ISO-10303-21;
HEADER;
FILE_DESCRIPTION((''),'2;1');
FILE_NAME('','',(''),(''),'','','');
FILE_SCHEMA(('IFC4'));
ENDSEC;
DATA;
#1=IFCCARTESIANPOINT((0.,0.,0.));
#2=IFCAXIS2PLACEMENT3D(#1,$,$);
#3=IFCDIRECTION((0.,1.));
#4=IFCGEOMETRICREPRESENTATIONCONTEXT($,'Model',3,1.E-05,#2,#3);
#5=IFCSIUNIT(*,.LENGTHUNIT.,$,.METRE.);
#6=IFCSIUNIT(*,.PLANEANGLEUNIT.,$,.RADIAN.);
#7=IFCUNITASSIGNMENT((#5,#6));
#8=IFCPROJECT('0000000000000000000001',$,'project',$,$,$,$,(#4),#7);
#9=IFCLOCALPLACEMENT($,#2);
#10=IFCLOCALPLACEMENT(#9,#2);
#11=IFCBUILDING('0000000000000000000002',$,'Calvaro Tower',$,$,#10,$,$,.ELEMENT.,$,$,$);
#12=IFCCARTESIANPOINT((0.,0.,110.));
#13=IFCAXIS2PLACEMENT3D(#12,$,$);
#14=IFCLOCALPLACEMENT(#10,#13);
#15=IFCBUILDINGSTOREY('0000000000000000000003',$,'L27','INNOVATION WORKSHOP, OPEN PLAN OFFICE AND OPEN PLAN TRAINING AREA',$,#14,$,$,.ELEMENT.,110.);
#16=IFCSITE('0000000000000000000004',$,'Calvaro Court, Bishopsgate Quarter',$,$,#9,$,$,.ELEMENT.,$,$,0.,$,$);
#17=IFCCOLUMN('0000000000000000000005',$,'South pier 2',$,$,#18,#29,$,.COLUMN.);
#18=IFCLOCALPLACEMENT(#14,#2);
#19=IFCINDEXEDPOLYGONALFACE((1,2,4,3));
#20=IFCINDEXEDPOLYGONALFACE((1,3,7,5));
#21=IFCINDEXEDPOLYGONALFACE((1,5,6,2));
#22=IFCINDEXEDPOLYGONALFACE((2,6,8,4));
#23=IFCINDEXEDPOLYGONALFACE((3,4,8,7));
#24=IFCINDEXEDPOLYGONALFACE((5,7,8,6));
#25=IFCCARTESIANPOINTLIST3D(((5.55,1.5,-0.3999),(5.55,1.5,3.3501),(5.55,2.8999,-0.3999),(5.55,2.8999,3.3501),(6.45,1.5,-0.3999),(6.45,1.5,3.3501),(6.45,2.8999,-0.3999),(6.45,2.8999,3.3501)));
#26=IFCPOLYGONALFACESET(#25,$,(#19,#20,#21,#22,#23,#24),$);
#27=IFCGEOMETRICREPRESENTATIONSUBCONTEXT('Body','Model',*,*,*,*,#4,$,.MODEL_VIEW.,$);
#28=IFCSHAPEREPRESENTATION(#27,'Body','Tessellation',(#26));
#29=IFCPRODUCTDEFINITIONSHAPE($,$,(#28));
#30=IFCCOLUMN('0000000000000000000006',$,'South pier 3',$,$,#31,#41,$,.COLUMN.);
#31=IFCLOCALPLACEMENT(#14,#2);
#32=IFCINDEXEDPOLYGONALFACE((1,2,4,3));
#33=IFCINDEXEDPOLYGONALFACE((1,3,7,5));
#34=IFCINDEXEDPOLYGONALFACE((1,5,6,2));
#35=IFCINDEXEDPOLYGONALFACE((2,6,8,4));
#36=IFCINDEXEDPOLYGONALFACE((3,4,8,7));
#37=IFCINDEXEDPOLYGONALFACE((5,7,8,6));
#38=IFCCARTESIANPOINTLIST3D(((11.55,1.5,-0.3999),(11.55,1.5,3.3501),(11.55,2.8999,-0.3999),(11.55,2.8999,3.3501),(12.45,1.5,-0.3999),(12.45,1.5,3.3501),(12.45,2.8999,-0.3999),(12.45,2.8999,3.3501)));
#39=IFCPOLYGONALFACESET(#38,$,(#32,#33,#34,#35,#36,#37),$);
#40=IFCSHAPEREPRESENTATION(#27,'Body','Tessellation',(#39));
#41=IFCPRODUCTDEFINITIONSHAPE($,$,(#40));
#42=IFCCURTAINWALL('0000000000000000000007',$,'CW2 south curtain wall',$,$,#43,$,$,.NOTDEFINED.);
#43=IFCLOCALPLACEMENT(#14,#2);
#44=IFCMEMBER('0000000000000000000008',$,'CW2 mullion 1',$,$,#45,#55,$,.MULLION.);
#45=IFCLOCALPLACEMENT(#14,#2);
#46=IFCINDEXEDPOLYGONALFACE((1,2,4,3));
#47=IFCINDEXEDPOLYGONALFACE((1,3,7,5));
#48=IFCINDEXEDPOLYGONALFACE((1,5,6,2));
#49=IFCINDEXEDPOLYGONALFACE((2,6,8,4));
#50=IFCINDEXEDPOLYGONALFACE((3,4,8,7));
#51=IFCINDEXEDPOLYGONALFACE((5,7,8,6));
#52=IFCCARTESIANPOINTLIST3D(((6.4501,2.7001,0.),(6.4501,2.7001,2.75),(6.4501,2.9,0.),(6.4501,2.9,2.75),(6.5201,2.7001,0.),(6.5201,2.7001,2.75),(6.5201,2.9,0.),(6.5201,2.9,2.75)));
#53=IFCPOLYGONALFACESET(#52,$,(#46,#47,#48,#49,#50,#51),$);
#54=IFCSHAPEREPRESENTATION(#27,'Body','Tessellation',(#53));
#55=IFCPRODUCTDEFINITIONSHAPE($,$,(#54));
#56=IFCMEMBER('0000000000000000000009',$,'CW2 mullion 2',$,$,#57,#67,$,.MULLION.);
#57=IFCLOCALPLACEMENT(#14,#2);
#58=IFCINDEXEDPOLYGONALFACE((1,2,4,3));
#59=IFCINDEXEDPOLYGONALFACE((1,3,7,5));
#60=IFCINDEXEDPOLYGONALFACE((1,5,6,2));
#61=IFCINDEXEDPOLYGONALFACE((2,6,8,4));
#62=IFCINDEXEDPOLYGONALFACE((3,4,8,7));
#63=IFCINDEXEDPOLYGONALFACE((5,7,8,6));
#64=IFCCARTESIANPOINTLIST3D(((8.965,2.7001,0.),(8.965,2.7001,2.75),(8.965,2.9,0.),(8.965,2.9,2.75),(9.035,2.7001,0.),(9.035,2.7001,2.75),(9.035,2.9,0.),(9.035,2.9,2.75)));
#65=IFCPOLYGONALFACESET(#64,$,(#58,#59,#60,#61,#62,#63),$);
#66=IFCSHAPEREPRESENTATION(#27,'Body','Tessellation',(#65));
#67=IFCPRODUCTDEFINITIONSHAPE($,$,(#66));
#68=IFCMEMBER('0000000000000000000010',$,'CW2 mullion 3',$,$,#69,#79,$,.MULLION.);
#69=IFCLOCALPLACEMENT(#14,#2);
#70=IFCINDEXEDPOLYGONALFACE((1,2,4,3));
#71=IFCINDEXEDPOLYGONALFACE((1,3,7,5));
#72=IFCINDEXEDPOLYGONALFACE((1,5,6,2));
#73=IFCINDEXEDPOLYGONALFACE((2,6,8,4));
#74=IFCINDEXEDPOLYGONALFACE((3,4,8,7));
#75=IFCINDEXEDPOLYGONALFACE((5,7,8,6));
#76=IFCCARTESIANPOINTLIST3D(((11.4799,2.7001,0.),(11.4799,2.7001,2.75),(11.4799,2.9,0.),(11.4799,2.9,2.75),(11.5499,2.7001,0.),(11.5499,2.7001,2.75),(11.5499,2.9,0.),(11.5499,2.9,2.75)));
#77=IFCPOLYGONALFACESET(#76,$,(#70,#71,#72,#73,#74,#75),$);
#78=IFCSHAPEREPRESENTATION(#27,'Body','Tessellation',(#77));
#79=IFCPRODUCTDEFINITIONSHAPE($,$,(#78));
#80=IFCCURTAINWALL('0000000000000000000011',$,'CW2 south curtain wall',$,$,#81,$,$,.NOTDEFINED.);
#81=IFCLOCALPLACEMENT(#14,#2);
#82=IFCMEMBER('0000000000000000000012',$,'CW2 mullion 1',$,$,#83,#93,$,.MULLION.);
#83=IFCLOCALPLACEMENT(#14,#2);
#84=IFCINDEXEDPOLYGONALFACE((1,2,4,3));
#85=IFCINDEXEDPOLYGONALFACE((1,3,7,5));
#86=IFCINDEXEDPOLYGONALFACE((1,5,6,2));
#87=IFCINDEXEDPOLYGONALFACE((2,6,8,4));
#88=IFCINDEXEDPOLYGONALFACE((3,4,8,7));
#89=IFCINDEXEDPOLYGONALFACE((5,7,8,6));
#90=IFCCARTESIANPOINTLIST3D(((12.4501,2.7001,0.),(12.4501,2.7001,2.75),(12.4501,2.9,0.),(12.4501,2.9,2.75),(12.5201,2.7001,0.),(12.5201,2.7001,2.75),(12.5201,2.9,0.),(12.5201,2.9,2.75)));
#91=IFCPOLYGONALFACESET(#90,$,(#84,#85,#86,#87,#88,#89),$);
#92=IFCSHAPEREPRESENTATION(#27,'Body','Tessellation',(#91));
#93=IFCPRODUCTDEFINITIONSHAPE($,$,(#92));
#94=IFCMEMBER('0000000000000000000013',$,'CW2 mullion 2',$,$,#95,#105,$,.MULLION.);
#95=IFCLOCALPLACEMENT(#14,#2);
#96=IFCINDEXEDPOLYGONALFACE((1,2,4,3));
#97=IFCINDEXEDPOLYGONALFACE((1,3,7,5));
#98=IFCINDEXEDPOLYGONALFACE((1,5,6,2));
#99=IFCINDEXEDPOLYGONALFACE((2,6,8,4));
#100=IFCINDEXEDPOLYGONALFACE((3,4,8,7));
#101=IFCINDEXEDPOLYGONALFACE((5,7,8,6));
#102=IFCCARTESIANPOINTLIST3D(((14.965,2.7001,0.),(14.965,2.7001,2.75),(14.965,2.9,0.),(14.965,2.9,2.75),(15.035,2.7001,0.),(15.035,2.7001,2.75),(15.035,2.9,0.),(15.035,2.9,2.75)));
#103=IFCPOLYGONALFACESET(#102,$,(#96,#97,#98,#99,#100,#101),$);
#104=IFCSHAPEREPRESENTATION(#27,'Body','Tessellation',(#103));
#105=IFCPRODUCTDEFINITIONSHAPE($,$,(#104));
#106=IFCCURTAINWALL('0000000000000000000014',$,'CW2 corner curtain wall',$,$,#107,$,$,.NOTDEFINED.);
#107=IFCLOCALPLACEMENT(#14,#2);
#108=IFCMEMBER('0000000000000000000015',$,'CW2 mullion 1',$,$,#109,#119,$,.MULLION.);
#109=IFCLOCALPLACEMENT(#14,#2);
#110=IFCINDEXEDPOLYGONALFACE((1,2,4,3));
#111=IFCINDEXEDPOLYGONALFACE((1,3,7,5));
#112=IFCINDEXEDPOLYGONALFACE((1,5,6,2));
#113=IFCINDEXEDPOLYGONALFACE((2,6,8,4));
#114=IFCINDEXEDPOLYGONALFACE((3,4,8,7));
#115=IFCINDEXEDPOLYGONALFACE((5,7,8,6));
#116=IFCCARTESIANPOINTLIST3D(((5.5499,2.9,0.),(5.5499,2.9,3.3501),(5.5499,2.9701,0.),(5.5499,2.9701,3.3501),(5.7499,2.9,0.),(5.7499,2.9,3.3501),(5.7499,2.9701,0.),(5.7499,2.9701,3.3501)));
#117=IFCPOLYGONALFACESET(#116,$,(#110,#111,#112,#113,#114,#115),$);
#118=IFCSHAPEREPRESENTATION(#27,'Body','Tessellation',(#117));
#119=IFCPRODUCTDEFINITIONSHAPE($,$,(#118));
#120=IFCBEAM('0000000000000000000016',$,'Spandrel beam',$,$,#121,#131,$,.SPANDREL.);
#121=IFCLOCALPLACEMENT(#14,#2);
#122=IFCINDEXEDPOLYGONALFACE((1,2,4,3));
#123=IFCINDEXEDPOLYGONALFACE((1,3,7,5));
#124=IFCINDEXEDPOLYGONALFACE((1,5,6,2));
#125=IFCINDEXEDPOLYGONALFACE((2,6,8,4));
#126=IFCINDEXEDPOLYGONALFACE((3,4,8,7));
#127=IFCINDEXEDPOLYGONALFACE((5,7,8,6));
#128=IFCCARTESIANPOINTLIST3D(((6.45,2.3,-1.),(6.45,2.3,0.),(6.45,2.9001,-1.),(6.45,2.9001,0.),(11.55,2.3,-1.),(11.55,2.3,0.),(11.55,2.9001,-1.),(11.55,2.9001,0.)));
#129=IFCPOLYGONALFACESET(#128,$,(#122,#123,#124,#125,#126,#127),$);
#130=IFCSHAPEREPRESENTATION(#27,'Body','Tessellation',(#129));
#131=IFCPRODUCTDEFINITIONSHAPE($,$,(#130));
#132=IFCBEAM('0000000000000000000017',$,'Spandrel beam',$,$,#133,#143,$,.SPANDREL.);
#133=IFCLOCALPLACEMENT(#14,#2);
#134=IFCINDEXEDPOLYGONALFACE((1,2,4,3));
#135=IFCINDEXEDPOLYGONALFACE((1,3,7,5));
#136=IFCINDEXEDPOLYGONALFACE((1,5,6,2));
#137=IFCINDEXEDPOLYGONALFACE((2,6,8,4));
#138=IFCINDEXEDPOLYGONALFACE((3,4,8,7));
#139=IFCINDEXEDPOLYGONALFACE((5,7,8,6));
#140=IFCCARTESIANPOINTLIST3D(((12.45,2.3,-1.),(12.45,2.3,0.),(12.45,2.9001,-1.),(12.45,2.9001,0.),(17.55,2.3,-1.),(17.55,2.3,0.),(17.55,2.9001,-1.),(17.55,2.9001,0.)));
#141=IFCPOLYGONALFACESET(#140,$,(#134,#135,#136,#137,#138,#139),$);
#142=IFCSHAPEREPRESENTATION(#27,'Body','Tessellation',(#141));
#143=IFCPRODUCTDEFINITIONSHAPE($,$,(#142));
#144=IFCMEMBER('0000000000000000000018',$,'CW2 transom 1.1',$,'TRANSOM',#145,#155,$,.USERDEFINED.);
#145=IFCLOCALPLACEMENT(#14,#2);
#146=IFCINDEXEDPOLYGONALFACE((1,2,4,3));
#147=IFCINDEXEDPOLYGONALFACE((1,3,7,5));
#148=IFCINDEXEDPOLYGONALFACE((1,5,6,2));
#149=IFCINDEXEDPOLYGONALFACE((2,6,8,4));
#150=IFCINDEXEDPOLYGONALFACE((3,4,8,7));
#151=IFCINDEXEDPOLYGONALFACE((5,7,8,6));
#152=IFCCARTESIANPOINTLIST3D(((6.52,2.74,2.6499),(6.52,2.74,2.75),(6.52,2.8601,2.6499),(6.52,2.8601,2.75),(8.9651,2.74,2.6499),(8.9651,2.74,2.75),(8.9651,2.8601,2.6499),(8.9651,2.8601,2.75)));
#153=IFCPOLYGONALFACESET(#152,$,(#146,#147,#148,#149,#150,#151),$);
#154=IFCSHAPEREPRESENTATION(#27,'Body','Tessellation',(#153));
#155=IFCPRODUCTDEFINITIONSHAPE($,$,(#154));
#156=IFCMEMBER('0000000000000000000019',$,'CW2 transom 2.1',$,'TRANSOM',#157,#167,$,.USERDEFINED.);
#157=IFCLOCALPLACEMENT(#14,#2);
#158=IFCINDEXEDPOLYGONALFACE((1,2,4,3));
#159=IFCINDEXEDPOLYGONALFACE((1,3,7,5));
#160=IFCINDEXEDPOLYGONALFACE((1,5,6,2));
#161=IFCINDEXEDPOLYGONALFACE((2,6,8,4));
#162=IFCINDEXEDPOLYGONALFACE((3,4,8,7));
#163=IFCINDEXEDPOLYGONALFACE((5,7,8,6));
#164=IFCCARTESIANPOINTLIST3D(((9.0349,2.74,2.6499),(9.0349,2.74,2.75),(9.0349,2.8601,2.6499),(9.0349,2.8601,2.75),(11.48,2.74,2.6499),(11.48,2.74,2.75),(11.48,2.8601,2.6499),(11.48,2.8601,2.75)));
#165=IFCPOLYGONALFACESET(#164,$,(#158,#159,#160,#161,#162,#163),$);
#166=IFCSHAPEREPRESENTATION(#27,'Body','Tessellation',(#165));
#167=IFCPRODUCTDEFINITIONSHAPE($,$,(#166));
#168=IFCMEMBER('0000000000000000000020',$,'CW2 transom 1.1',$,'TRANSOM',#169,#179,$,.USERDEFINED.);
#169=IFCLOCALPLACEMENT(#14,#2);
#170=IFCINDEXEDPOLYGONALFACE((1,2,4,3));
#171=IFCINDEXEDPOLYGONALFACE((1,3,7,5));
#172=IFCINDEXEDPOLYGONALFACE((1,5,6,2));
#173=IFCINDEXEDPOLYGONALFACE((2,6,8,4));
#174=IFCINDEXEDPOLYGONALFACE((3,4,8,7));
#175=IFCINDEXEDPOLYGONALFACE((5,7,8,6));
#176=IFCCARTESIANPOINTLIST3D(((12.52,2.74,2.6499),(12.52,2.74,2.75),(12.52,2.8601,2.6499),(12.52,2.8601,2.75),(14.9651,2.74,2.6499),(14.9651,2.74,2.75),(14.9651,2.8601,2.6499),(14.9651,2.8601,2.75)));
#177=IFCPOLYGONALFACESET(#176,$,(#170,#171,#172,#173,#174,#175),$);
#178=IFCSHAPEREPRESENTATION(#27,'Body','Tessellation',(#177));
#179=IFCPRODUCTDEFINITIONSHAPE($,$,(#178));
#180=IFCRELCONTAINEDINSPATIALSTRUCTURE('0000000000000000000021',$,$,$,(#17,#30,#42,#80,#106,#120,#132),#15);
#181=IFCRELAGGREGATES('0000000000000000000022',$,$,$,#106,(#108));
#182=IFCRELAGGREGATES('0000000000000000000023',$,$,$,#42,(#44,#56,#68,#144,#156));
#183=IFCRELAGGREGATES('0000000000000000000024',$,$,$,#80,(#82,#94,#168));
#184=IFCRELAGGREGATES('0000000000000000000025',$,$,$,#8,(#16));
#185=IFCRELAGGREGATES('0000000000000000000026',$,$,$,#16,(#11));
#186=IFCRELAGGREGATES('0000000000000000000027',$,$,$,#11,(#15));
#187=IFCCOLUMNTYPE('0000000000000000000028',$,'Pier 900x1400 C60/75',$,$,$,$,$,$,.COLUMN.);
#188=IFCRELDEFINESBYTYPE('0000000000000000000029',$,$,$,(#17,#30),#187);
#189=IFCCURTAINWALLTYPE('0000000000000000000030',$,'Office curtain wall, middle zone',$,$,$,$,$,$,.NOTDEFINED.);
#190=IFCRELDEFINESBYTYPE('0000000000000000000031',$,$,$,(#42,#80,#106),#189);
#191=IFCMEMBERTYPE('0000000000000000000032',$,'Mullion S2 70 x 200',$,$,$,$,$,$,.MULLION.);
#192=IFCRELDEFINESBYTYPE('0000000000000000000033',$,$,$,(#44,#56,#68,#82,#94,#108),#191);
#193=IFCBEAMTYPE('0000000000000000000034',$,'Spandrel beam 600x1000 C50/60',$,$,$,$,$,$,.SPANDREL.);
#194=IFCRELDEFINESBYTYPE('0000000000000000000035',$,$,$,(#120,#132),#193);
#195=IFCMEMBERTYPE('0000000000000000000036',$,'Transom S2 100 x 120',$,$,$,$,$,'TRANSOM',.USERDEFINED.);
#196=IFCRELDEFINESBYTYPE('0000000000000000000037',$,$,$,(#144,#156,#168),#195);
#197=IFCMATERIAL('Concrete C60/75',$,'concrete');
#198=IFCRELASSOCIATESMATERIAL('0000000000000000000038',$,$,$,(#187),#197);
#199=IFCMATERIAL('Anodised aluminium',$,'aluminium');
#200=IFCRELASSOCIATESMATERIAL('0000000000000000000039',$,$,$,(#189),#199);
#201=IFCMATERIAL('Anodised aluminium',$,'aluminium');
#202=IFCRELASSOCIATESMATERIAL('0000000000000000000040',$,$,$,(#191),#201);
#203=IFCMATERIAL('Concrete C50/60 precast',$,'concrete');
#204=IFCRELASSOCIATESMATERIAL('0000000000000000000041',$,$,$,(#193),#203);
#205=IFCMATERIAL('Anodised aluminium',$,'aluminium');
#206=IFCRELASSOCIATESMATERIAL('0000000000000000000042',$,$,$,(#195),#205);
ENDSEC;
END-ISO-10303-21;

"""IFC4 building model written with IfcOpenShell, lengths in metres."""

from ifc_helpers import new_model, si_unit, direction, frame, origin, origin_2d, place, context, subcontext, project, spatial, rectangle, extrude, material, material_profile, profile_set, type_object, element, aggregate, save


model = new_model("IFC4")

# Units and contexts
model_context = context("Model", 3, precision=1e-05, world=origin(), true_north=direction((0.0, 1.0)))
body_context = subcontext(model_context, "Body", "Model", "MODEL_VIEW")
ifc_project = project(units=[si_unit("LENGTHUNIT", "METRE"), si_unit("PLANEANGLEUNIT", "RADIAN")], contexts=[model_context])

# Site, building, storey
site_placement = place(None, origin())
site = spatial("IfcSite", under=ifc_project, at=site_placement, Name="Calvaro Court, Bishopsgate Quarter", CompositionType="ELEMENT", RefElevation=0.0)
building_placement = place(site_placement, origin())
building = spatial("IfcBuilding", under=site, at=building_placement, Name="Calvaro Tower", CompositionType="ELEMENT")
storey_placement = place(building_placement, frame((0.0, 0.0, 110.0)))
storey = spatial("IfcBuildingStorey", under=building, at=storey_placement, Name="L27", Description="INNOVATION WORKSHOP, OPEN PLAN OFFICE AND OPEN PLAN TRAINING AREA", CompositionType="ELEMENT", Elevation=110.0)

# Columns
ifc_material_1 = material(Name="Concrete C60/75", Category="concrete")
ifc_material_profile_1 = material_profile(ifc_material_1, rectangle(XDim=0.8999, YDim=1.3999, at=origin_2d()), Name="RC 900x1400")
ifc_profile_set_1 = profile_set([ifc_material_profile_1], Name="Concrete C60/75")
column_type = type_object("IfcColumnType", Name="Pier 900x1400 C60/75", PredefinedType="COLUMN", material=ifc_profile_set_1)
for number, where, z_axis, x_axis, name in (
    (1, (6.0, 2.2, -0.3999), (0.0, 0.0, 1.0), (1.0, 0.0, 0.0), "South pier 2"),
    (2, (12.0, 2.2, -0.3999), (0.0, 0.0, 1.0), (1.0, 0.0, 0.0), "South pier 3"),
):
    element("IfcColumn", number, at=place(storey_placement, frame(where, z_axis=z_axis, x_axis=x_axis)), inside=storey, type_object=column_type, Name=name, PredefinedType="COLUMN", context=body_context, shape_type="SweptSolid", body=[
        extrude(rectangle(XDim=0.8999, YDim=1.3999, at=origin_2d()), origin(), (0.0, 0.0, 1.0), 3.75),
    ])

# Curtain walls, members
ifc_material_2 = material(Name="Anodised aluminium", Category="aluminium")
curtain_wall_type = type_object("IfcCurtainWallType", Name="Office curtain wall, middle zone", PredefinedType="NOTDEFINED", material=ifc_material_2)
curtain_wall_1_placement = place(storey_placement, origin())
curtain_wall_1 = element("IfcCurtainWall", 3, at=curtain_wall_1_placement, inside=storey, type_object=curtain_wall_type, Name="CW2 south curtain wall", PredefinedType="NOTDEFINED")
ifc_material_3 = material(Name="Anodised aluminium", Category="aluminium")
ifc_material_profile_2 = material_profile(ifc_material_3, rectangle(XDim=0.2, YDim=0.0701, at=origin_2d()), Name="Mullion S2 70 x 200")
ifc_profile_set_2 = profile_set([ifc_material_profile_2], Name="Anodised aluminium")
member_type_1 = type_object("IfcMemberType", Name="Mullion S2 70 x 200", PredefinedType="MULLION", material=ifc_profile_set_2)
member_1_placement = place(storey_placement, frame((6.4851, 2.8, 0.0), z_axis=(0.0, 0.0, 1.0), x_axis=(0.0, 1.0, 0.0)))
member_1 = element("IfcMember", 4, at=member_1_placement, type_object=member_type_1, Name="CW2 mullion 1", PredefinedType="MULLION", context=body_context, shape_type="SweptSolid", body=[
    extrude(rectangle(XDim=0.2, YDim=0.0701, at=origin_2d()), origin(), (0.0, 0.0, 1.0), 2.75),
])
member_2_placement = place(storey_placement, frame((9.0, 2.8, 0.0), z_axis=(0.0, 0.0, 1.0), x_axis=(0.0, 1.0, 0.0)))
member_2 = element("IfcMember", 5, at=member_2_placement, type_object=member_type_1, Name="CW2 mullion 2", PredefinedType="MULLION", context=body_context, shape_type="SweptSolid", body=[
    extrude(rectangle(XDim=0.2, YDim=0.0701, at=origin_2d()), origin(), (0.0, 0.0, 1.0), 2.75),
])
member_3_placement = place(storey_placement, frame((11.5149, 2.8, 0.0), z_axis=(0.0, 0.0, 1.0), x_axis=(0.0, 1.0, 0.0)))
member_3 = element("IfcMember", 6, at=member_3_placement, type_object=member_type_1, Name="CW2 mullion 3", PredefinedType="MULLION", context=body_context, shape_type="SweptSolid", body=[
    extrude(rectangle(XDim=0.2, YDim=0.0701, at=origin_2d()), origin(), (0.0, 0.0, 1.0), 2.75),
])
curtain_wall_2_placement = place(storey_placement, origin())
curtain_wall_2 = element("IfcCurtainWall", 7, at=curtain_wall_2_placement, inside=storey, type_object=curtain_wall_type, Name="CW2 south curtain wall", PredefinedType="NOTDEFINED")
member_4_placement = place(storey_placement, frame((12.4851, 2.8, 0.0), z_axis=(0.0, 0.0, 1.0), x_axis=(0.0, 1.0, 0.0)))
member_4 = element("IfcMember", 8, at=member_4_placement, type_object=member_type_1, Name="CW2 mullion 1", PredefinedType="MULLION", context=body_context, shape_type="SweptSolid", body=[
    extrude(rectangle(XDim=0.2, YDim=0.0701, at=origin_2d()), origin(), (0.0, 0.0, 1.0), 2.75),
])
member_5_placement = place(storey_placement, frame((15.0, 2.8, 0.0), z_axis=(0.0, 0.0, 1.0), x_axis=(0.0, 1.0, 0.0)))
member_5 = element("IfcMember", 9, at=member_5_placement, type_object=member_type_1, Name="CW2 mullion 2", PredefinedType="MULLION", context=body_context, shape_type="SweptSolid", body=[
    extrude(rectangle(XDim=0.2, YDim=0.0701, at=origin_2d()), origin(), (0.0, 0.0, 1.0), 2.75),
])

# Curtain wall, member
curtain_wall_3_placement = place(storey_placement, origin())
curtain_wall_3 = element("IfcCurtainWall", 10, at=curtain_wall_3_placement, inside=storey, type_object=curtain_wall_type, Name="CW2 corner curtain wall", PredefinedType="NOTDEFINED")
member_6_placement = place(storey_placement, frame((5.6499, 2.9351, 0.0), z_axis=(0.0, 0.0, 1.0), x_axis=(-1.0, 0.0, 0.0)))
member_6 = element("IfcMember", 11, at=member_6_placement, type_object=member_type_1, Name="CW2 mullion 1", PredefinedType="MULLION", context=body_context, shape_type="SweptSolid", body=[
    extrude(rectangle(XDim=0.2, YDim=0.0701, at=origin_2d()), origin(), (0.0, 0.0, 1.0), 3.3501),
])
aggregate(curtain_wall_3, [member_6])

# Beams
ifc_material_4 = material(Name="Concrete C50/60 precast", Category="concrete")
ifc_material_profile_3 = material_profile(ifc_material_4, rectangle(XDim=0.6001, YDim=1.0, at=origin_2d()), Name="RC 600x1000")
ifc_profile_set_3 = profile_set([ifc_material_profile_3], Name="Concrete C50/60 precast")
beam_type = type_object("IfcBeamType", Name="Spandrel beam 600x1000 C50/60", PredefinedType="SPANDREL", material=ifc_profile_set_3)
for number, where, z_axis, x_axis, name in (
    (12, (6.45, 2.6001, -0.5), (1.0, 0.0, 0.0), (0.0, 1.0, 0.0), "Spandrel beam"),
    (13, (12.45, 2.6001, -0.5), (1.0, 0.0, 0.0), (0.0, 1.0, 0.0), "Spandrel beam"),
):
    element("IfcBeam", number, at=place(storey_placement, frame(where, z_axis=z_axis, x_axis=x_axis)), inside=storey, type_object=beam_type, Name=name, PredefinedType="SPANDREL", context=body_context, shape_type="SweptSolid", body=[
        extrude(rectangle(XDim=0.6001, YDim=1.0, at=origin_2d()), origin(), (0.0, 0.0, 1.0), 5.1001),
    ])

# Members
ifc_material_5 = material(Name="Anodised aluminium", Category="aluminium")
ifc_material_profile_4 = material_profile(ifc_material_5, rectangle(XDim=0.1201, YDim=0.1001, at=origin_2d()), Name="Transom S2 100 x 120")
ifc_profile_set_4 = profile_set([ifc_material_profile_4], Name="Anodised aluminium")
member_type_2 = type_object("IfcMemberType", Name="Transom S2 100 x 120", ElementType="TRANSOM", PredefinedType="USERDEFINED", material=ifc_profile_set_4)
member_7_placement = place(storey_placement, frame((6.52, 2.8, 2.7), z_axis=(1.0, 0.0, 0.0), x_axis=(0.0, 1.0, 0.0)))
member_7 = element("IfcMember", 14, at=member_7_placement, type_object=member_type_2, Name="CW2 transom 1.1", ObjectType="TRANSOM", PredefinedType="USERDEFINED", context=body_context, shape_type="SweptSolid", body=[
    extrude(rectangle(XDim=0.1201, YDim=0.1001, at=origin_2d()), origin(), (0.0, 0.0, 1.0), 2.4451),
])
member_8_placement = place(storey_placement, frame((9.0349, 2.8, 2.7), z_axis=(1.0, 0.0, 0.0), x_axis=(0.0, 1.0, 0.0)))
member_8 = element("IfcMember", 15, at=member_8_placement, type_object=member_type_2, Name="CW2 transom 2.1", ObjectType="TRANSOM", PredefinedType="USERDEFINED", context=body_context, shape_type="SweptSolid", body=[
    extrude(rectangle(XDim=0.1201, YDim=0.1001, at=origin_2d()), origin(), (0.0, 0.0, 1.0), 2.4451),
])
member_9_placement = place(storey_placement, frame((12.52, 2.8, 2.7), z_axis=(1.0, 0.0, 0.0), x_axis=(0.0, 1.0, 0.0)))
member_9 = element("IfcMember", 16, at=member_9_placement, type_object=member_type_2, Name="CW2 transom 1.1", ObjectType="TRANSOM", PredefinedType="USERDEFINED", context=body_context, shape_type="SweptSolid", body=[
    extrude(rectangle(XDim=0.1201, YDim=0.1001, at=origin_2d()), origin(), (0.0, 0.0, 1.0), 2.4451),
])

aggregate(curtain_wall_1, [member_1, member_2, member_3, member_7, member_8])
aggregate(curtain_wall_2, [member_4, member_5, member_9])

save(model, "model.ifc")
